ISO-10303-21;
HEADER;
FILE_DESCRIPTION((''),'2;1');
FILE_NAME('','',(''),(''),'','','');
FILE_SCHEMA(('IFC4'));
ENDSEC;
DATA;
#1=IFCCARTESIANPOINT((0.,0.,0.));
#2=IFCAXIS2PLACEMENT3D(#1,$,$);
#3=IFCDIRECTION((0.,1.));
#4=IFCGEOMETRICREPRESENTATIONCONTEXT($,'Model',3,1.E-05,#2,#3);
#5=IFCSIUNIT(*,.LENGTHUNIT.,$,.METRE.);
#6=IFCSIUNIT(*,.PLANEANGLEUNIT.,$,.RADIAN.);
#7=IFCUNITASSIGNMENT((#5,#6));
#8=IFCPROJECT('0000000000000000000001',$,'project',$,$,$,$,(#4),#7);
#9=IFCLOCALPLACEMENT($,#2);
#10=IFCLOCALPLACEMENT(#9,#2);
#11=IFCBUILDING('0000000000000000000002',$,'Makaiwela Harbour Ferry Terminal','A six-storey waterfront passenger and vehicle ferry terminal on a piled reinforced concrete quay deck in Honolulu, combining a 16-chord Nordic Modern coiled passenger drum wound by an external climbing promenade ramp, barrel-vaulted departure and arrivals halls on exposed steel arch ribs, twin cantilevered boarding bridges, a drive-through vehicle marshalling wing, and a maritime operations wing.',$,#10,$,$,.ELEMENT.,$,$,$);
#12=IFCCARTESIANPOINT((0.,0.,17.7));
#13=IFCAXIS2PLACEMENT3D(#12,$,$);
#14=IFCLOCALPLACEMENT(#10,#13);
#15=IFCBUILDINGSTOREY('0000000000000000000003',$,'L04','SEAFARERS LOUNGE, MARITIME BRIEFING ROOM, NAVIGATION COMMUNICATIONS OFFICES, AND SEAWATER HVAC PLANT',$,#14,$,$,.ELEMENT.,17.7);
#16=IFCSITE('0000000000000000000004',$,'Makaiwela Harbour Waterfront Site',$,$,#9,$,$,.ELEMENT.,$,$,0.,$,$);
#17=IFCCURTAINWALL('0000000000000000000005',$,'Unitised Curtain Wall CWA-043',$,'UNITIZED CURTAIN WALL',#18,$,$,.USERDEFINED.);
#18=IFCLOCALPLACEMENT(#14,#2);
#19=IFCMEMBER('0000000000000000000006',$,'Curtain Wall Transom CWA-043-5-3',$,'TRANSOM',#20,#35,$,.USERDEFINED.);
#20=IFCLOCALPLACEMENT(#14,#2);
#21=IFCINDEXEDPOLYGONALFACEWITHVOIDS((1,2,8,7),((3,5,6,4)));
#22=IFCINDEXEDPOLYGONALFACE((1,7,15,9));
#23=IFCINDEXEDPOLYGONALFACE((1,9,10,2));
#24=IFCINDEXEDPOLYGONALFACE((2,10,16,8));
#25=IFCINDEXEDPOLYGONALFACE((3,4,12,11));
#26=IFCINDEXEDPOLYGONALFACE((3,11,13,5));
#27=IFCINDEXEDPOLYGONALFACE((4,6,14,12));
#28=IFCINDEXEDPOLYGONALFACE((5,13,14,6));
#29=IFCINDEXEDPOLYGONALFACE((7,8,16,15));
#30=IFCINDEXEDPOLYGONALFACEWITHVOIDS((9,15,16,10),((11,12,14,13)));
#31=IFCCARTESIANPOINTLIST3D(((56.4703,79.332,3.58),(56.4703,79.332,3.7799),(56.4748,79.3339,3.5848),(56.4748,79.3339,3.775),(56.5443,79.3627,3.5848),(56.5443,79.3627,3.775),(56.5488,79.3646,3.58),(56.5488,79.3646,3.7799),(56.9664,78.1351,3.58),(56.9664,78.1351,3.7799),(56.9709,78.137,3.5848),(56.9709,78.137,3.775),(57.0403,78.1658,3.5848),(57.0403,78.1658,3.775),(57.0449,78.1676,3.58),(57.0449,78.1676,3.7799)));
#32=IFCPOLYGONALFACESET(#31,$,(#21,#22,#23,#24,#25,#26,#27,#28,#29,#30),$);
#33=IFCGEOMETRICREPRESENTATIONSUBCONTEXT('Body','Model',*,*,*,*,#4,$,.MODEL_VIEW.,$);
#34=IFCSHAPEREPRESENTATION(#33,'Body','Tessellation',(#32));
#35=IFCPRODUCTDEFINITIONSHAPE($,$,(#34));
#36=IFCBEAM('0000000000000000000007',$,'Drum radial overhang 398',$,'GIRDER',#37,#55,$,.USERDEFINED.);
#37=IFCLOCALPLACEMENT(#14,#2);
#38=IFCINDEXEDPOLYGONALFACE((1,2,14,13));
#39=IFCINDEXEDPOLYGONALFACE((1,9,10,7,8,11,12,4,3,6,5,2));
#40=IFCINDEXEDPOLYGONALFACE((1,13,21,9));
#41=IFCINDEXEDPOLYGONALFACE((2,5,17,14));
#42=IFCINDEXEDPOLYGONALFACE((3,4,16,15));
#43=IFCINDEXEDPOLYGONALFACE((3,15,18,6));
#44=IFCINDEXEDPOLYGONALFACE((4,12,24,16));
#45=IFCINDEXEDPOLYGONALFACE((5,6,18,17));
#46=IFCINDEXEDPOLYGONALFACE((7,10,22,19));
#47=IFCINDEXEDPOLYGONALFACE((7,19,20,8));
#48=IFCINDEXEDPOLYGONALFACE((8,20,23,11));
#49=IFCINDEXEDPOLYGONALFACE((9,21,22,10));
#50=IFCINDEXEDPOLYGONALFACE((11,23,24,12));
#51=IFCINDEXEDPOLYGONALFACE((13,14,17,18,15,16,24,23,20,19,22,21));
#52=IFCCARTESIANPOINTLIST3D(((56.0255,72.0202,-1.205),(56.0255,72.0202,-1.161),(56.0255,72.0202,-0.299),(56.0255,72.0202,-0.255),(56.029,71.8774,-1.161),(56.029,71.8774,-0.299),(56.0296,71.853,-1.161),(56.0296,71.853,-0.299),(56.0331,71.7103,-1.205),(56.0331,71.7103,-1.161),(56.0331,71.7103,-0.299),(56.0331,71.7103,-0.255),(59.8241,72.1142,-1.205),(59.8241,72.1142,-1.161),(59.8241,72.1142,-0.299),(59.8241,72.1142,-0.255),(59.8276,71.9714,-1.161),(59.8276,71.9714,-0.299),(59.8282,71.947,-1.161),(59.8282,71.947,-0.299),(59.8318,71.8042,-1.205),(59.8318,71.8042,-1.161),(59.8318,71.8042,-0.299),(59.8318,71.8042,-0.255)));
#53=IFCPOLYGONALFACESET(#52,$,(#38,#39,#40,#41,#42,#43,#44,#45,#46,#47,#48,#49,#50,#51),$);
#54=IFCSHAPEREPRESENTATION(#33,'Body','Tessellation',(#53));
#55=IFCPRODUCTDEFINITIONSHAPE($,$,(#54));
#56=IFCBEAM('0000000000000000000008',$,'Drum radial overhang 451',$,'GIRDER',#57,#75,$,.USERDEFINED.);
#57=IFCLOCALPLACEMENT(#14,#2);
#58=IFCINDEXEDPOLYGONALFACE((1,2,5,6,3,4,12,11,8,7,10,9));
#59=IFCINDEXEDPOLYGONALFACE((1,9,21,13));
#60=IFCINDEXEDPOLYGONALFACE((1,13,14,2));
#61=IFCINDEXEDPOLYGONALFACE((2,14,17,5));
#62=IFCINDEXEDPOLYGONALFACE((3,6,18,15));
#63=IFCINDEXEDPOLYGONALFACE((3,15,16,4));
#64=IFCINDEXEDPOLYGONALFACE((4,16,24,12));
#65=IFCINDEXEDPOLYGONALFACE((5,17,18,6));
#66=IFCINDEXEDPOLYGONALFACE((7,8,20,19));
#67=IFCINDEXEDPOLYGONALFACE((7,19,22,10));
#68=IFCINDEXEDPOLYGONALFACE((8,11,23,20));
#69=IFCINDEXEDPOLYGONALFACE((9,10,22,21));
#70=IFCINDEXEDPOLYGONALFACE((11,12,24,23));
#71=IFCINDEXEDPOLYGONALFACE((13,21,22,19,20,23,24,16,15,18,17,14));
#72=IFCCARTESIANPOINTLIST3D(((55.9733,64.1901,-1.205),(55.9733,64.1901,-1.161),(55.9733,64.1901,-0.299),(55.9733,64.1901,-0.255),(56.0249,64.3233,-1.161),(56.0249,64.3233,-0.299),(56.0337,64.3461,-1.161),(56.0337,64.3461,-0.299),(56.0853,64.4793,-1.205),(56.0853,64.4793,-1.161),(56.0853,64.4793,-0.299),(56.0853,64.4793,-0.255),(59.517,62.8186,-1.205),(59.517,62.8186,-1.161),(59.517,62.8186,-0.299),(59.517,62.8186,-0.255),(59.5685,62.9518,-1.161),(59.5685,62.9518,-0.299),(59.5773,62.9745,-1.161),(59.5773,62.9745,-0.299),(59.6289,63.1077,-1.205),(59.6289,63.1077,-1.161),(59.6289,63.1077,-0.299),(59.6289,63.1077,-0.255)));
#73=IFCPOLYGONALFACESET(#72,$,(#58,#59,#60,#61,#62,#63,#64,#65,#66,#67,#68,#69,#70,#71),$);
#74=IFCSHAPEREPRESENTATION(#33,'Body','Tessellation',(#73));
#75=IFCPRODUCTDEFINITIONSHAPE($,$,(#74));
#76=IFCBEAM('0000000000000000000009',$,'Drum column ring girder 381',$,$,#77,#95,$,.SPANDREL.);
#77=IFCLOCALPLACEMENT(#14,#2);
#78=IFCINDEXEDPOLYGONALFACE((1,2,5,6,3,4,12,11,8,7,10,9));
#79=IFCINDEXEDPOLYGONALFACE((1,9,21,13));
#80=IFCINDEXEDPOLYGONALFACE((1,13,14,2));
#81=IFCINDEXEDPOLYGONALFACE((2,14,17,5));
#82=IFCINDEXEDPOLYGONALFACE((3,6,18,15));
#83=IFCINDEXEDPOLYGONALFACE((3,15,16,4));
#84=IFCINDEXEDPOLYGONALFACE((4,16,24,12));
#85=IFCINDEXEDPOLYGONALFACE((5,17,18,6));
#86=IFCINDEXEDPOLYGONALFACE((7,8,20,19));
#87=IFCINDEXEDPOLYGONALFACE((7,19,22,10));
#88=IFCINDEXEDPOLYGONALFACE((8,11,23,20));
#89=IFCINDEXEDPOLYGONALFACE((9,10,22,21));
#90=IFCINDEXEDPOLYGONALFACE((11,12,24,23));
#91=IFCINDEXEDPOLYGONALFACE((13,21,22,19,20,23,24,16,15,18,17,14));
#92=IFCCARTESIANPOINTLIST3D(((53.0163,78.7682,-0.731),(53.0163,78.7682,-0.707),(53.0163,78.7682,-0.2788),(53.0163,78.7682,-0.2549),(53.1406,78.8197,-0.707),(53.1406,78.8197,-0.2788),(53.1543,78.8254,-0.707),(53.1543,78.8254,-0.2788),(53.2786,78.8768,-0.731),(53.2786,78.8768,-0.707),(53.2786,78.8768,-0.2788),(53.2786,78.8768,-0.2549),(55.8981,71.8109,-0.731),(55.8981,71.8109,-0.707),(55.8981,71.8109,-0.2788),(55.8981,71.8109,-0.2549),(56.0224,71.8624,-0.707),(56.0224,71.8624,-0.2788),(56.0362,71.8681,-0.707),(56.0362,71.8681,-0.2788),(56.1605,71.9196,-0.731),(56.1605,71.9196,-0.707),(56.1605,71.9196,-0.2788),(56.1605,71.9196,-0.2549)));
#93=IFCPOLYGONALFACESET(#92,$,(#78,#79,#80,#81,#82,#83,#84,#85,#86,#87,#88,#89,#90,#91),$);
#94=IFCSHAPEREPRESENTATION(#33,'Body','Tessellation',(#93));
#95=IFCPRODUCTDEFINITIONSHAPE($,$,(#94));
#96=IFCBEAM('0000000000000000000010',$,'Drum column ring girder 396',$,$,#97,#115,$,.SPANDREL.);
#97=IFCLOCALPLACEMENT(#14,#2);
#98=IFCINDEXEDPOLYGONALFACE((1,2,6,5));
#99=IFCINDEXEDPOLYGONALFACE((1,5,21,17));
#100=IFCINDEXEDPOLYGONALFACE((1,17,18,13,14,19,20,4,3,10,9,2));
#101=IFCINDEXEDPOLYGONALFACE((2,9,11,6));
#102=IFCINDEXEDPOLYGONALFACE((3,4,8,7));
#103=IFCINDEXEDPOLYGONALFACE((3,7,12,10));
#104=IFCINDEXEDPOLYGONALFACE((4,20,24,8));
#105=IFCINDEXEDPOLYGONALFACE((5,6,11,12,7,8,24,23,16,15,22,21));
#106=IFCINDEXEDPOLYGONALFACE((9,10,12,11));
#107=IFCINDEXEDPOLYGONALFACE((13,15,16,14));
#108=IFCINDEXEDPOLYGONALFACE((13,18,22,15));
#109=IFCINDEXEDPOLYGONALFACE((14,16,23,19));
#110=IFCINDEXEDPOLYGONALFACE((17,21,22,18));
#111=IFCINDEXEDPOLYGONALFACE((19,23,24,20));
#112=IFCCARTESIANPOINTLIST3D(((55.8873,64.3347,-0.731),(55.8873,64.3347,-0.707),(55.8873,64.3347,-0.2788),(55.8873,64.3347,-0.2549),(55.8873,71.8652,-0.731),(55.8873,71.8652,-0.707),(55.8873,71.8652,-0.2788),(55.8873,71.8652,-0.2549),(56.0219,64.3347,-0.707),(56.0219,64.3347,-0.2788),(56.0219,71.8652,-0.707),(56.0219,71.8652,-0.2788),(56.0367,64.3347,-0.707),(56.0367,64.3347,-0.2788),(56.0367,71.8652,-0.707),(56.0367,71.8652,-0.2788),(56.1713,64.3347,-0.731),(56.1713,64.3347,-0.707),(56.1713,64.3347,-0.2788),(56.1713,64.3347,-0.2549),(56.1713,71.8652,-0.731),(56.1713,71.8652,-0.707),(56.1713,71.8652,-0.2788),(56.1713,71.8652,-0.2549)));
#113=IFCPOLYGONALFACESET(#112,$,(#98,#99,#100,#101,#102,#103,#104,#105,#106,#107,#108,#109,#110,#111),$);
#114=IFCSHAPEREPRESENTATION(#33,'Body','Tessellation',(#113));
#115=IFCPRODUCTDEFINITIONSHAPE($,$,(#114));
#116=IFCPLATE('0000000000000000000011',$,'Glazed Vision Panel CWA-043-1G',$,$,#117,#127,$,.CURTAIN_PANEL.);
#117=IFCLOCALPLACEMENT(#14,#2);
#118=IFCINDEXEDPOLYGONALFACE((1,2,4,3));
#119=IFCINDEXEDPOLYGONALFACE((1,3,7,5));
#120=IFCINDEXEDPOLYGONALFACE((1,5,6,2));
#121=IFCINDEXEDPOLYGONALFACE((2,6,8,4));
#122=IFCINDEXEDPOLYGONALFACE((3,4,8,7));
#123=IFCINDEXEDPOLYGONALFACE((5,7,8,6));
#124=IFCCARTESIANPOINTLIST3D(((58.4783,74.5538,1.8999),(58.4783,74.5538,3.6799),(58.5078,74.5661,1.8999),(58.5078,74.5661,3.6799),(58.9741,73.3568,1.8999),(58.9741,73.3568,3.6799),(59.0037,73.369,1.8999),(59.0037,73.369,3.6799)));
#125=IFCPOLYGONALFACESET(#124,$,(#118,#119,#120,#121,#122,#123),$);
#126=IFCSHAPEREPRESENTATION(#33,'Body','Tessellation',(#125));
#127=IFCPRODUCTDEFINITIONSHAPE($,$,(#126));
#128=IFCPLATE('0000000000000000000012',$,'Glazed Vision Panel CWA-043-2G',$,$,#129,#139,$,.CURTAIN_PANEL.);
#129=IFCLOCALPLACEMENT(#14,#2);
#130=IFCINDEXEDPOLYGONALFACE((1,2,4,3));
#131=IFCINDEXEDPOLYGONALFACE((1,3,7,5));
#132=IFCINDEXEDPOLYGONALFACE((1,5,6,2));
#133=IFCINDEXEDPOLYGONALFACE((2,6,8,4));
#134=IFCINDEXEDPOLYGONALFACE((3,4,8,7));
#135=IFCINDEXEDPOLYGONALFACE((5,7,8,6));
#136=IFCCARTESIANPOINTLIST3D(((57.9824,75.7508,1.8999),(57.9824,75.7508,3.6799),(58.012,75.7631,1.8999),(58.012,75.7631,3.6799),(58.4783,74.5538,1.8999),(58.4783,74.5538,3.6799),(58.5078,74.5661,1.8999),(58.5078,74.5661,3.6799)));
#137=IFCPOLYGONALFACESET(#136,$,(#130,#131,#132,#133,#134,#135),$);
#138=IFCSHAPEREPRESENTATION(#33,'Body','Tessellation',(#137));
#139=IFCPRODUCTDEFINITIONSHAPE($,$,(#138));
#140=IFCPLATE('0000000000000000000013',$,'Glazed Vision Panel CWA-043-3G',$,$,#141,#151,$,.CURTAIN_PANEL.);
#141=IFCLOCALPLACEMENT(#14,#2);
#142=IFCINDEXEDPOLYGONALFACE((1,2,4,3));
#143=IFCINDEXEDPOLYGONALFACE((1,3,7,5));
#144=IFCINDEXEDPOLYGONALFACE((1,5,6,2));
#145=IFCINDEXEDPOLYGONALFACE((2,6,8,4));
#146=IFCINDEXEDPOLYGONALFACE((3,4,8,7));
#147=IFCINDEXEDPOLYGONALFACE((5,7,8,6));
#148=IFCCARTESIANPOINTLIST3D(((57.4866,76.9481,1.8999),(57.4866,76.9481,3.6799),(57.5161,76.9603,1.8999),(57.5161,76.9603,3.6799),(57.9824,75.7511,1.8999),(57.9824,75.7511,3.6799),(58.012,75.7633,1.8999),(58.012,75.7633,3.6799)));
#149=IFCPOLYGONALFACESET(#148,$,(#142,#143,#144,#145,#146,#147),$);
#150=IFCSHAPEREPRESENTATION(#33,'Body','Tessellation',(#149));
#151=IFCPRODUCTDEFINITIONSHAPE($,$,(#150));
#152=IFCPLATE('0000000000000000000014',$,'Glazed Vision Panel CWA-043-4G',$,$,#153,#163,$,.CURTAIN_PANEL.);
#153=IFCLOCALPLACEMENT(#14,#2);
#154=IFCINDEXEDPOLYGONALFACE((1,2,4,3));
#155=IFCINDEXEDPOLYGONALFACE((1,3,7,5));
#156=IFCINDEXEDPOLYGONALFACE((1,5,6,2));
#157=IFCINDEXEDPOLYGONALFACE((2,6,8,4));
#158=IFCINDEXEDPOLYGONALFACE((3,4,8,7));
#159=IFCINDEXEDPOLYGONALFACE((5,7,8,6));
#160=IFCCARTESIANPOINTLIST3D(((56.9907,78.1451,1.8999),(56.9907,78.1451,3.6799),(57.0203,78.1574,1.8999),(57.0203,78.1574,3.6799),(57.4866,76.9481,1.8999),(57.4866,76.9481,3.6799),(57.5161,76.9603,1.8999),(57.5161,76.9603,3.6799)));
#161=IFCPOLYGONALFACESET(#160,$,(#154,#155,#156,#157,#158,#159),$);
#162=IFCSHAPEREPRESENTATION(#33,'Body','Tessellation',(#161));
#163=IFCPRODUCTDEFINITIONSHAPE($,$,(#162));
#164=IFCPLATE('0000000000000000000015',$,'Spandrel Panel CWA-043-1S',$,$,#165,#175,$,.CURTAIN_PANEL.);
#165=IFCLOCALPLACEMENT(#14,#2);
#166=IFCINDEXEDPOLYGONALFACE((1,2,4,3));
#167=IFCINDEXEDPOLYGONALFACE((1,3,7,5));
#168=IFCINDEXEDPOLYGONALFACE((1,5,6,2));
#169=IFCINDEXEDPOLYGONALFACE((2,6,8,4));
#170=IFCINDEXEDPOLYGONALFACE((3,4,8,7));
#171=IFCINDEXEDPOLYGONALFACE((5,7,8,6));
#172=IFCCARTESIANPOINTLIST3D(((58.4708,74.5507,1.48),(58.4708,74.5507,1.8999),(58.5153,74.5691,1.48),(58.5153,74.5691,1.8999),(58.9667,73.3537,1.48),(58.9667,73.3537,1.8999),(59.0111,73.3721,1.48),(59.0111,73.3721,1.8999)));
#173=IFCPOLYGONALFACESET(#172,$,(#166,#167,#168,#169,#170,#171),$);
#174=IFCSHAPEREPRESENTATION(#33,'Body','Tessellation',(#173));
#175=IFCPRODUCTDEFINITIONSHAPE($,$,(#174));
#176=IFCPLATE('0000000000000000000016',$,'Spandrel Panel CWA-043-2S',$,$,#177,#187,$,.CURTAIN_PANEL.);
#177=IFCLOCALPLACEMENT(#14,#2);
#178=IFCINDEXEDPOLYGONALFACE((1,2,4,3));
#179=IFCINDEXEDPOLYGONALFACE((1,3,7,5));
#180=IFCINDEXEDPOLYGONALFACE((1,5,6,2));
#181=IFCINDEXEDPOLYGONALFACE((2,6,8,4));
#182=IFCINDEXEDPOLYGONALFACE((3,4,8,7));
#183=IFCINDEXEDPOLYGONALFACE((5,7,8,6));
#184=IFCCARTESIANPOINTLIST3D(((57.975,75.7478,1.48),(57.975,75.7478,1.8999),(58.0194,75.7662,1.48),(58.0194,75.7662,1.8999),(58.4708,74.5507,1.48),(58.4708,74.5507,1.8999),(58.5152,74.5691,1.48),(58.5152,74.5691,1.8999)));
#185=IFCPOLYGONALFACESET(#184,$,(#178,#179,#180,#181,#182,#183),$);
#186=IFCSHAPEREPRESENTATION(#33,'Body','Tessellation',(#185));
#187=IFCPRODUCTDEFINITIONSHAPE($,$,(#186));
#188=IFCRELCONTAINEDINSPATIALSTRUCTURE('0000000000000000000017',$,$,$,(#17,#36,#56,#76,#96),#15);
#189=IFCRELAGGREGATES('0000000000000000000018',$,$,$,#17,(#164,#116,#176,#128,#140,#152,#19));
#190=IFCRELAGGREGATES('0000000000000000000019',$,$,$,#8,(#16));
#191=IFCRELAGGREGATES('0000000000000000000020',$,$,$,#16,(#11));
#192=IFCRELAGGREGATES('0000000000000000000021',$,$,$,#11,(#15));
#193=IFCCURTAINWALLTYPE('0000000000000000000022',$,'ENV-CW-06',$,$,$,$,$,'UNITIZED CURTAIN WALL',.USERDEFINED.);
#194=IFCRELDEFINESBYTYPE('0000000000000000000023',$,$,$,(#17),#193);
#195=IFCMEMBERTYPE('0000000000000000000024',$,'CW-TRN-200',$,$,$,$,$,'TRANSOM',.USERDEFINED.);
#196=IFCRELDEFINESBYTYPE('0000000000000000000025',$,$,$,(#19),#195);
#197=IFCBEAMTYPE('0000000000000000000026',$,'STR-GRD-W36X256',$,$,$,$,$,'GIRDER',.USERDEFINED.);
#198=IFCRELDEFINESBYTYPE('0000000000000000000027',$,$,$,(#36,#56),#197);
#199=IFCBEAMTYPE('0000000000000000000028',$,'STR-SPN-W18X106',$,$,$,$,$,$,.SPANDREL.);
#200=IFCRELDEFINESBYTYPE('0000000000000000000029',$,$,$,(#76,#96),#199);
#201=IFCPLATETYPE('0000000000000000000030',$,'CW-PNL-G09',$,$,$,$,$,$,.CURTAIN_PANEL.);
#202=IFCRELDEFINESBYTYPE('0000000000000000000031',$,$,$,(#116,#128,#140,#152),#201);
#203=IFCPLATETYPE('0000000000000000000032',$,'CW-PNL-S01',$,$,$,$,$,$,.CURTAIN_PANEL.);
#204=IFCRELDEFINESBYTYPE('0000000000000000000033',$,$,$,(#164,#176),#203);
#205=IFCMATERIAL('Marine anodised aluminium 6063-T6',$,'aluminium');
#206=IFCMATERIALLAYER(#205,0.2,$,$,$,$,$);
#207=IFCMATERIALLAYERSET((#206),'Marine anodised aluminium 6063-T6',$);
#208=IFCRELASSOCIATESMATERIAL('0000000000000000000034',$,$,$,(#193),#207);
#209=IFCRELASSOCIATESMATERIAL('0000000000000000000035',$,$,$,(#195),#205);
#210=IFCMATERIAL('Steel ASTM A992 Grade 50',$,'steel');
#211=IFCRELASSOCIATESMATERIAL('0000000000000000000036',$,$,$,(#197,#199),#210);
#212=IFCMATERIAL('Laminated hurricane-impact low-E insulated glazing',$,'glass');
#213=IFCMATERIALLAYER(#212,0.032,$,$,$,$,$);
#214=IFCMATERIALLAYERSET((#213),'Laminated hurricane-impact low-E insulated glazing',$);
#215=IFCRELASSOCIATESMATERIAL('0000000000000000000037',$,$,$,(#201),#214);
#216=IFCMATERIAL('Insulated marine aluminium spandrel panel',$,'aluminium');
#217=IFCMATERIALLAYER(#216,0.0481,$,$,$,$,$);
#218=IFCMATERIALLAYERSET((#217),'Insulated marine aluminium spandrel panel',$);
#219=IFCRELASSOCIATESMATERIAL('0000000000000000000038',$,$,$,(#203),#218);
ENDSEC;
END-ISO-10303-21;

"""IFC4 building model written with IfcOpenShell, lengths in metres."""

from ifc_helpers import new_model, si_unit, direction, frame, origin, origin_2d, place, context, subcontext, project, spatial, rectangle, hollow_rectangle, i_section, extrude, material, layer, layer_set, material_profile, profile_set, type_object, element, aggregate, save


model = new_model("IFC4")

# Units and contexts
model_context = context("Model", 3, precision=1e-05, world=origin(), true_north=direction((0.0, 1.0)))
body_context = subcontext(model_context, "Body", "Model", "MODEL_VIEW")
ifc_project = project(units=[si_unit("LENGTHUNIT", "METRE"), si_unit("PLANEANGLEUNIT", "RADIAN")], contexts=[model_context])

# Site, building, storey
site_placement = place(None, origin())
site = spatial("IfcSite", under=ifc_project, at=site_placement, Name="Makaiwela Harbour Waterfront Site", CompositionType="ELEMENT", RefElevation=0.0)
building_placement = place(site_placement, origin())
building = spatial("IfcBuilding", under=site, at=building_placement, Name="Makaiwela Harbour Ferry Terminal", Description="A six-storey waterfront passenger and vehicle ferry terminal on a piled reinforced concrete quay deck in Honolulu, combining a 16-chord Nordic Modern coiled passenger drum wound by an external climbing promenade ramp, barrel-vaulted departure and arrivals halls on exposed steel arch ribs, twin cantilevered boarding bridges, a drive-through vehicle marshalling wing, and a maritime operations wing.", CompositionType="ELEMENT")
storey_placement = place(building_placement, frame((0.0, 0.0, 17.7)))
storey = spatial("IfcBuildingStorey", under=building, at=storey_placement, Name="L04", Description="SEAFARERS LOUNGE, MARITIME BRIEFING ROOM, NAVIGATION COMMUNICATIONS OFFICES, AND SEAWATER HVAC PLANT", CompositionType="ELEMENT", Elevation=17.7)

# Shared definitions
ifc_material_1 = material(Name="Steel ASTM A992 Grade 50", Category="steel")

# Curtain wall, member
ifc_material_2 = material(Name="Marine anodised aluminium 6063-T6", Category="aluminium")
ifc_layer_1 = layer(ifc_material_2, 0.2)
ifc_layer_set_1 = layer_set([ifc_layer_1], Name="Marine anodised aluminium 6063-T6")
curtain_wall_type = type_object("IfcCurtainWallType", Name="ENV-CW-06", ElementType="UNITIZED CURTAIN WALL", PredefinedType="USERDEFINED", material=ifc_layer_set_1)
curtain_wall_placement = place(storey_placement, origin())
curtain_wall = element("IfcCurtainWall", 1, at=curtain_wall_placement, inside=storey, type_object=curtain_wall_type, Name="Unitised Curtain Wall CWA-043", ObjectType="UNITIZED CURTAIN WALL", PredefinedType="USERDEFINED")
ifc_material_profile_1 = material_profile(ifc_material_2, hollow_rectangle(XDim=0.085, YDim=0.2, WallThickness=0.0049, at=origin_2d()), Name="CWT-200X85")
ifc_profile_set_1 = profile_set([ifc_material_profile_1], Name="Marine anodised aluminium 6063-T6")
member_type_1 = type_object("IfcMemberType", Name="CW-TRN-200", ElementType="TRANSOM", PredefinedType="USERDEFINED", material=ifc_profile_set_1)
member_1_placement = place(storey_placement, frame((57.0056, 78.1514, 3.6799), z_axis=(-0.382862, 0.923806, 0.0), x_axis=(-0.923806, -0.382862, 0.0)))
member_1 = element("IfcMember", 2, at=member_1_placement, type_object=member_type_1, Name="Curtain Wall Transom CWA-043-5-3", ObjectType="TRANSOM", PredefinedType="USERDEFINED", context=body_context, shape_type="SweptSolid", body=[
    extrude(hollow_rectangle(XDim=0.085, YDim=0.2, WallThickness=0.0049, at=origin_2d()), origin(), (0.0, 0.0, 1.0), 1.2957),
])

# Beams
ifc_material_profile_2 = material_profile(ifc_material_1, i_section(OverallWidth=0.3101, OverallDepth=0.95, WebThickness=0.0244, FlangeThickness=0.0439, at=origin_2d()), Name="W36X256")
ifc_profile_set_2 = profile_set([ifc_material_profile_2], Name="Steel ASTM A992 Grade 50")
beam_type_1 = type_object("IfcBeamType", Name="STR-GRD-W36X256", ElementType="GIRDER", PredefinedType="USERDEFINED", material=ifc_profile_set_2)
for number, where, z_axis, x_axis, name in (
    (3, (56.0293, 71.8652, -0.73), (0.999694, 0.024737, 0.0), (-0.024737, 0.999694, 0.0), "Drum radial overhang 398"),
    (4, (56.0293, 64.3347, -0.73), (0.932583, -0.360954, 0.0), (0.360954, 0.932583, 0.0), "Drum radial overhang 451"),
):
    element("IfcBeam", number, at=place(storey_placement, frame(where, z_axis=z_axis, x_axis=x_axis)), inside=storey, type_object=beam_type_1, Name=name, ObjectType="GIRDER", PredefinedType="USERDEFINED", context=body_context, shape_type="SweptSolid", body=[
        extrude(i_section(OverallWidth=0.3101, OverallDepth=0.95, WebThickness=0.0244, FlangeThickness=0.0439, at=origin_2d()), origin(), (0.0, 0.0, 1.0), 3.7998),
    ])
ifc_material_profile_3 = material_profile(ifc_material_1, i_section(OverallWidth=0.2839, OverallDepth=0.4761, WebThickness=0.0149, FlangeThickness=0.0239, at=origin_2d()), Name="W18X106")
ifc_profile_set_3 = profile_set([ifc_material_profile_3], Name="Steel ASTM A992 Grade 50")
beam_type_2 = type_object("IfcBeamType", Name="STR-SPN-W18X106", PredefinedType="SPANDREL", material=ifc_profile_set_3)
for number, where, z_axis, x_axis, name in (
    (5, (56.0293, 71.8652, -0.4929), (-0.382688, 0.923878, 0.0), (-0.923878, -0.382688, 0.0), "Drum column ring girder 381"),
    (6, (56.0293, 64.3347, -0.4929), (0.0, 1.0, 0.0), (-1.0, 0.0, 0.0), "Drum column ring girder 396"),
):
    element("IfcBeam", number, at=place(storey_placement, frame(where, z_axis=z_axis, x_axis=x_axis)), inside=storey, type_object=beam_type_2, Name=name, PredefinedType="SPANDREL", context=body_context, shape_type="SweptSolid", body=[
        extrude(i_section(OverallWidth=0.2839, OverallDepth=0.4761, WebThickness=0.0149, FlangeThickness=0.0239, at=origin_2d()), origin(), (0.0, 0.0, 1.0), 7.5305),
    ])

# Plates
ifc_material_3 = material(Name="Laminated hurricane-impact low-E insulated glazing", Category="glass")
ifc_layer_2 = layer(ifc_material_3, 0.032)
ifc_layer_set_2 = layer_set([ifc_layer_2], Name="Laminated hurricane-impact low-E insulated glazing")
plate_type_1 = type_object("IfcPlateType", Name="CW-PNL-G09", PredefinedType="CURTAIN_PANEL", material=ifc_layer_set_2)
plate_1_placement = place(storey_placement, frame((58.741, 73.9614, 1.8999), z_axis=(0.0, 0.0, 1.0), x_axis=(-0.382683, 0.92388, 0.0)))
plate_1 = element("IfcPlate", 7, at=plate_1_placement, type_object=plate_type_1, Name="Glazed Vision Panel CWA-043-1G", PredefinedType="CURTAIN_PANEL", context=body_context, shape_type="SweptSolid", body=[
    extrude(rectangle(XDim=1.2957, YDim=0.032, at=origin_2d()), origin(), (0.0, 0.0, 1.0), 1.78),
])
plate_2_placement = place(storey_placement, frame((58.2451, 75.1584, 1.8999), z_axis=(0.0, 0.0, 1.0), x_axis=(-0.382683, 0.92388, 0.0)))
plate_2 = element("IfcPlate", 8, at=plate_2_placement, type_object=plate_type_1, Name="Glazed Vision Panel CWA-043-2G", PredefinedType="CURTAIN_PANEL", context=body_context, shape_type="SweptSolid", body=[
    extrude(rectangle(XDim=1.2957, YDim=0.032, at=origin_2d()), origin(), (0.0, 0.0, 1.0), 1.78),
])
plate_3_placement = place(storey_placement, frame((57.7493, 76.3557, 1.8999), z_axis=(0.0, 0.0, 1.0), x_axis=(-0.382683, 0.92388, 0.0)))
plate_3 = element("IfcPlate", 9, at=plate_3_placement, type_object=plate_type_1, Name="Glazed Vision Panel CWA-043-3G", PredefinedType="CURTAIN_PANEL", context=body_context, shape_type="SweptSolid", body=[
    extrude(rectangle(XDim=1.2957, YDim=0.032, at=origin_2d()), origin(), (0.0, 0.0, 1.0), 1.78),
])
plate_4_placement = place(storey_placement, frame((57.2534, 77.5527, 1.8999), z_axis=(0.0, 0.0, 1.0), x_axis=(-0.382683, 0.92388, 0.0)))
plate_4 = element("IfcPlate", 10, at=plate_4_placement, type_object=plate_type_1, Name="Glazed Vision Panel CWA-043-4G", PredefinedType="CURTAIN_PANEL", context=body_context, shape_type="SweptSolid", body=[
    extrude(rectangle(XDim=1.2957, YDim=0.032, at=origin_2d()), origin(), (0.0, 0.0, 1.0), 1.78),
])
ifc_material_4 = material(Name="Insulated marine aluminium spandrel panel", Category="aluminium")
ifc_layer_3 = layer(ifc_material_4, 0.0481)
ifc_layer_set_3 = layer_set([ifc_layer_3], Name="Insulated marine aluminium spandrel panel")
plate_type_2 = type_object("IfcPlateType", Name="CW-PNL-S01", PredefinedType="CURTAIN_PANEL", material=ifc_layer_set_3)
plate_5_placement = place(storey_placement, frame((58.741, 73.9614, 1.48), z_axis=(0.0, 0.0, 1.0), x_axis=(-0.382683, 0.92388, 0.0)))
plate_5 = element("IfcPlate", 11, at=plate_5_placement, type_object=plate_type_2, Name="Spandrel Panel CWA-043-1S", PredefinedType="CURTAIN_PANEL", context=body_context, shape_type="SweptSolid", body=[
    extrude(rectangle(XDim=1.2957, YDim=0.0481, at=origin_2d()), origin(), (0.0, 0.0, 1.0), 0.4199),
])
plate_6_placement = place(storey_placement, frame((58.2451, 75.1584, 1.48), z_axis=(0.0, 0.0, 1.0), x_axis=(-0.382683, 0.92388, 0.0)))
plate_6 = element("IfcPlate", 12, at=plate_6_placement, type_object=plate_type_2, Name="Spandrel Panel CWA-043-2S", PredefinedType="CURTAIN_PANEL", context=body_context, shape_type="SweptSolid", body=[
    extrude(rectangle(XDim=1.2957, YDim=0.0481, at=origin_2d()), origin(), (0.0, 0.0, 1.0), 0.4199),
])
aggregate(curtain_wall, [plate_5, plate_1, plate_6, plate_2, plate_3, plate_4, member_1])

save(model, "model.ifc")
